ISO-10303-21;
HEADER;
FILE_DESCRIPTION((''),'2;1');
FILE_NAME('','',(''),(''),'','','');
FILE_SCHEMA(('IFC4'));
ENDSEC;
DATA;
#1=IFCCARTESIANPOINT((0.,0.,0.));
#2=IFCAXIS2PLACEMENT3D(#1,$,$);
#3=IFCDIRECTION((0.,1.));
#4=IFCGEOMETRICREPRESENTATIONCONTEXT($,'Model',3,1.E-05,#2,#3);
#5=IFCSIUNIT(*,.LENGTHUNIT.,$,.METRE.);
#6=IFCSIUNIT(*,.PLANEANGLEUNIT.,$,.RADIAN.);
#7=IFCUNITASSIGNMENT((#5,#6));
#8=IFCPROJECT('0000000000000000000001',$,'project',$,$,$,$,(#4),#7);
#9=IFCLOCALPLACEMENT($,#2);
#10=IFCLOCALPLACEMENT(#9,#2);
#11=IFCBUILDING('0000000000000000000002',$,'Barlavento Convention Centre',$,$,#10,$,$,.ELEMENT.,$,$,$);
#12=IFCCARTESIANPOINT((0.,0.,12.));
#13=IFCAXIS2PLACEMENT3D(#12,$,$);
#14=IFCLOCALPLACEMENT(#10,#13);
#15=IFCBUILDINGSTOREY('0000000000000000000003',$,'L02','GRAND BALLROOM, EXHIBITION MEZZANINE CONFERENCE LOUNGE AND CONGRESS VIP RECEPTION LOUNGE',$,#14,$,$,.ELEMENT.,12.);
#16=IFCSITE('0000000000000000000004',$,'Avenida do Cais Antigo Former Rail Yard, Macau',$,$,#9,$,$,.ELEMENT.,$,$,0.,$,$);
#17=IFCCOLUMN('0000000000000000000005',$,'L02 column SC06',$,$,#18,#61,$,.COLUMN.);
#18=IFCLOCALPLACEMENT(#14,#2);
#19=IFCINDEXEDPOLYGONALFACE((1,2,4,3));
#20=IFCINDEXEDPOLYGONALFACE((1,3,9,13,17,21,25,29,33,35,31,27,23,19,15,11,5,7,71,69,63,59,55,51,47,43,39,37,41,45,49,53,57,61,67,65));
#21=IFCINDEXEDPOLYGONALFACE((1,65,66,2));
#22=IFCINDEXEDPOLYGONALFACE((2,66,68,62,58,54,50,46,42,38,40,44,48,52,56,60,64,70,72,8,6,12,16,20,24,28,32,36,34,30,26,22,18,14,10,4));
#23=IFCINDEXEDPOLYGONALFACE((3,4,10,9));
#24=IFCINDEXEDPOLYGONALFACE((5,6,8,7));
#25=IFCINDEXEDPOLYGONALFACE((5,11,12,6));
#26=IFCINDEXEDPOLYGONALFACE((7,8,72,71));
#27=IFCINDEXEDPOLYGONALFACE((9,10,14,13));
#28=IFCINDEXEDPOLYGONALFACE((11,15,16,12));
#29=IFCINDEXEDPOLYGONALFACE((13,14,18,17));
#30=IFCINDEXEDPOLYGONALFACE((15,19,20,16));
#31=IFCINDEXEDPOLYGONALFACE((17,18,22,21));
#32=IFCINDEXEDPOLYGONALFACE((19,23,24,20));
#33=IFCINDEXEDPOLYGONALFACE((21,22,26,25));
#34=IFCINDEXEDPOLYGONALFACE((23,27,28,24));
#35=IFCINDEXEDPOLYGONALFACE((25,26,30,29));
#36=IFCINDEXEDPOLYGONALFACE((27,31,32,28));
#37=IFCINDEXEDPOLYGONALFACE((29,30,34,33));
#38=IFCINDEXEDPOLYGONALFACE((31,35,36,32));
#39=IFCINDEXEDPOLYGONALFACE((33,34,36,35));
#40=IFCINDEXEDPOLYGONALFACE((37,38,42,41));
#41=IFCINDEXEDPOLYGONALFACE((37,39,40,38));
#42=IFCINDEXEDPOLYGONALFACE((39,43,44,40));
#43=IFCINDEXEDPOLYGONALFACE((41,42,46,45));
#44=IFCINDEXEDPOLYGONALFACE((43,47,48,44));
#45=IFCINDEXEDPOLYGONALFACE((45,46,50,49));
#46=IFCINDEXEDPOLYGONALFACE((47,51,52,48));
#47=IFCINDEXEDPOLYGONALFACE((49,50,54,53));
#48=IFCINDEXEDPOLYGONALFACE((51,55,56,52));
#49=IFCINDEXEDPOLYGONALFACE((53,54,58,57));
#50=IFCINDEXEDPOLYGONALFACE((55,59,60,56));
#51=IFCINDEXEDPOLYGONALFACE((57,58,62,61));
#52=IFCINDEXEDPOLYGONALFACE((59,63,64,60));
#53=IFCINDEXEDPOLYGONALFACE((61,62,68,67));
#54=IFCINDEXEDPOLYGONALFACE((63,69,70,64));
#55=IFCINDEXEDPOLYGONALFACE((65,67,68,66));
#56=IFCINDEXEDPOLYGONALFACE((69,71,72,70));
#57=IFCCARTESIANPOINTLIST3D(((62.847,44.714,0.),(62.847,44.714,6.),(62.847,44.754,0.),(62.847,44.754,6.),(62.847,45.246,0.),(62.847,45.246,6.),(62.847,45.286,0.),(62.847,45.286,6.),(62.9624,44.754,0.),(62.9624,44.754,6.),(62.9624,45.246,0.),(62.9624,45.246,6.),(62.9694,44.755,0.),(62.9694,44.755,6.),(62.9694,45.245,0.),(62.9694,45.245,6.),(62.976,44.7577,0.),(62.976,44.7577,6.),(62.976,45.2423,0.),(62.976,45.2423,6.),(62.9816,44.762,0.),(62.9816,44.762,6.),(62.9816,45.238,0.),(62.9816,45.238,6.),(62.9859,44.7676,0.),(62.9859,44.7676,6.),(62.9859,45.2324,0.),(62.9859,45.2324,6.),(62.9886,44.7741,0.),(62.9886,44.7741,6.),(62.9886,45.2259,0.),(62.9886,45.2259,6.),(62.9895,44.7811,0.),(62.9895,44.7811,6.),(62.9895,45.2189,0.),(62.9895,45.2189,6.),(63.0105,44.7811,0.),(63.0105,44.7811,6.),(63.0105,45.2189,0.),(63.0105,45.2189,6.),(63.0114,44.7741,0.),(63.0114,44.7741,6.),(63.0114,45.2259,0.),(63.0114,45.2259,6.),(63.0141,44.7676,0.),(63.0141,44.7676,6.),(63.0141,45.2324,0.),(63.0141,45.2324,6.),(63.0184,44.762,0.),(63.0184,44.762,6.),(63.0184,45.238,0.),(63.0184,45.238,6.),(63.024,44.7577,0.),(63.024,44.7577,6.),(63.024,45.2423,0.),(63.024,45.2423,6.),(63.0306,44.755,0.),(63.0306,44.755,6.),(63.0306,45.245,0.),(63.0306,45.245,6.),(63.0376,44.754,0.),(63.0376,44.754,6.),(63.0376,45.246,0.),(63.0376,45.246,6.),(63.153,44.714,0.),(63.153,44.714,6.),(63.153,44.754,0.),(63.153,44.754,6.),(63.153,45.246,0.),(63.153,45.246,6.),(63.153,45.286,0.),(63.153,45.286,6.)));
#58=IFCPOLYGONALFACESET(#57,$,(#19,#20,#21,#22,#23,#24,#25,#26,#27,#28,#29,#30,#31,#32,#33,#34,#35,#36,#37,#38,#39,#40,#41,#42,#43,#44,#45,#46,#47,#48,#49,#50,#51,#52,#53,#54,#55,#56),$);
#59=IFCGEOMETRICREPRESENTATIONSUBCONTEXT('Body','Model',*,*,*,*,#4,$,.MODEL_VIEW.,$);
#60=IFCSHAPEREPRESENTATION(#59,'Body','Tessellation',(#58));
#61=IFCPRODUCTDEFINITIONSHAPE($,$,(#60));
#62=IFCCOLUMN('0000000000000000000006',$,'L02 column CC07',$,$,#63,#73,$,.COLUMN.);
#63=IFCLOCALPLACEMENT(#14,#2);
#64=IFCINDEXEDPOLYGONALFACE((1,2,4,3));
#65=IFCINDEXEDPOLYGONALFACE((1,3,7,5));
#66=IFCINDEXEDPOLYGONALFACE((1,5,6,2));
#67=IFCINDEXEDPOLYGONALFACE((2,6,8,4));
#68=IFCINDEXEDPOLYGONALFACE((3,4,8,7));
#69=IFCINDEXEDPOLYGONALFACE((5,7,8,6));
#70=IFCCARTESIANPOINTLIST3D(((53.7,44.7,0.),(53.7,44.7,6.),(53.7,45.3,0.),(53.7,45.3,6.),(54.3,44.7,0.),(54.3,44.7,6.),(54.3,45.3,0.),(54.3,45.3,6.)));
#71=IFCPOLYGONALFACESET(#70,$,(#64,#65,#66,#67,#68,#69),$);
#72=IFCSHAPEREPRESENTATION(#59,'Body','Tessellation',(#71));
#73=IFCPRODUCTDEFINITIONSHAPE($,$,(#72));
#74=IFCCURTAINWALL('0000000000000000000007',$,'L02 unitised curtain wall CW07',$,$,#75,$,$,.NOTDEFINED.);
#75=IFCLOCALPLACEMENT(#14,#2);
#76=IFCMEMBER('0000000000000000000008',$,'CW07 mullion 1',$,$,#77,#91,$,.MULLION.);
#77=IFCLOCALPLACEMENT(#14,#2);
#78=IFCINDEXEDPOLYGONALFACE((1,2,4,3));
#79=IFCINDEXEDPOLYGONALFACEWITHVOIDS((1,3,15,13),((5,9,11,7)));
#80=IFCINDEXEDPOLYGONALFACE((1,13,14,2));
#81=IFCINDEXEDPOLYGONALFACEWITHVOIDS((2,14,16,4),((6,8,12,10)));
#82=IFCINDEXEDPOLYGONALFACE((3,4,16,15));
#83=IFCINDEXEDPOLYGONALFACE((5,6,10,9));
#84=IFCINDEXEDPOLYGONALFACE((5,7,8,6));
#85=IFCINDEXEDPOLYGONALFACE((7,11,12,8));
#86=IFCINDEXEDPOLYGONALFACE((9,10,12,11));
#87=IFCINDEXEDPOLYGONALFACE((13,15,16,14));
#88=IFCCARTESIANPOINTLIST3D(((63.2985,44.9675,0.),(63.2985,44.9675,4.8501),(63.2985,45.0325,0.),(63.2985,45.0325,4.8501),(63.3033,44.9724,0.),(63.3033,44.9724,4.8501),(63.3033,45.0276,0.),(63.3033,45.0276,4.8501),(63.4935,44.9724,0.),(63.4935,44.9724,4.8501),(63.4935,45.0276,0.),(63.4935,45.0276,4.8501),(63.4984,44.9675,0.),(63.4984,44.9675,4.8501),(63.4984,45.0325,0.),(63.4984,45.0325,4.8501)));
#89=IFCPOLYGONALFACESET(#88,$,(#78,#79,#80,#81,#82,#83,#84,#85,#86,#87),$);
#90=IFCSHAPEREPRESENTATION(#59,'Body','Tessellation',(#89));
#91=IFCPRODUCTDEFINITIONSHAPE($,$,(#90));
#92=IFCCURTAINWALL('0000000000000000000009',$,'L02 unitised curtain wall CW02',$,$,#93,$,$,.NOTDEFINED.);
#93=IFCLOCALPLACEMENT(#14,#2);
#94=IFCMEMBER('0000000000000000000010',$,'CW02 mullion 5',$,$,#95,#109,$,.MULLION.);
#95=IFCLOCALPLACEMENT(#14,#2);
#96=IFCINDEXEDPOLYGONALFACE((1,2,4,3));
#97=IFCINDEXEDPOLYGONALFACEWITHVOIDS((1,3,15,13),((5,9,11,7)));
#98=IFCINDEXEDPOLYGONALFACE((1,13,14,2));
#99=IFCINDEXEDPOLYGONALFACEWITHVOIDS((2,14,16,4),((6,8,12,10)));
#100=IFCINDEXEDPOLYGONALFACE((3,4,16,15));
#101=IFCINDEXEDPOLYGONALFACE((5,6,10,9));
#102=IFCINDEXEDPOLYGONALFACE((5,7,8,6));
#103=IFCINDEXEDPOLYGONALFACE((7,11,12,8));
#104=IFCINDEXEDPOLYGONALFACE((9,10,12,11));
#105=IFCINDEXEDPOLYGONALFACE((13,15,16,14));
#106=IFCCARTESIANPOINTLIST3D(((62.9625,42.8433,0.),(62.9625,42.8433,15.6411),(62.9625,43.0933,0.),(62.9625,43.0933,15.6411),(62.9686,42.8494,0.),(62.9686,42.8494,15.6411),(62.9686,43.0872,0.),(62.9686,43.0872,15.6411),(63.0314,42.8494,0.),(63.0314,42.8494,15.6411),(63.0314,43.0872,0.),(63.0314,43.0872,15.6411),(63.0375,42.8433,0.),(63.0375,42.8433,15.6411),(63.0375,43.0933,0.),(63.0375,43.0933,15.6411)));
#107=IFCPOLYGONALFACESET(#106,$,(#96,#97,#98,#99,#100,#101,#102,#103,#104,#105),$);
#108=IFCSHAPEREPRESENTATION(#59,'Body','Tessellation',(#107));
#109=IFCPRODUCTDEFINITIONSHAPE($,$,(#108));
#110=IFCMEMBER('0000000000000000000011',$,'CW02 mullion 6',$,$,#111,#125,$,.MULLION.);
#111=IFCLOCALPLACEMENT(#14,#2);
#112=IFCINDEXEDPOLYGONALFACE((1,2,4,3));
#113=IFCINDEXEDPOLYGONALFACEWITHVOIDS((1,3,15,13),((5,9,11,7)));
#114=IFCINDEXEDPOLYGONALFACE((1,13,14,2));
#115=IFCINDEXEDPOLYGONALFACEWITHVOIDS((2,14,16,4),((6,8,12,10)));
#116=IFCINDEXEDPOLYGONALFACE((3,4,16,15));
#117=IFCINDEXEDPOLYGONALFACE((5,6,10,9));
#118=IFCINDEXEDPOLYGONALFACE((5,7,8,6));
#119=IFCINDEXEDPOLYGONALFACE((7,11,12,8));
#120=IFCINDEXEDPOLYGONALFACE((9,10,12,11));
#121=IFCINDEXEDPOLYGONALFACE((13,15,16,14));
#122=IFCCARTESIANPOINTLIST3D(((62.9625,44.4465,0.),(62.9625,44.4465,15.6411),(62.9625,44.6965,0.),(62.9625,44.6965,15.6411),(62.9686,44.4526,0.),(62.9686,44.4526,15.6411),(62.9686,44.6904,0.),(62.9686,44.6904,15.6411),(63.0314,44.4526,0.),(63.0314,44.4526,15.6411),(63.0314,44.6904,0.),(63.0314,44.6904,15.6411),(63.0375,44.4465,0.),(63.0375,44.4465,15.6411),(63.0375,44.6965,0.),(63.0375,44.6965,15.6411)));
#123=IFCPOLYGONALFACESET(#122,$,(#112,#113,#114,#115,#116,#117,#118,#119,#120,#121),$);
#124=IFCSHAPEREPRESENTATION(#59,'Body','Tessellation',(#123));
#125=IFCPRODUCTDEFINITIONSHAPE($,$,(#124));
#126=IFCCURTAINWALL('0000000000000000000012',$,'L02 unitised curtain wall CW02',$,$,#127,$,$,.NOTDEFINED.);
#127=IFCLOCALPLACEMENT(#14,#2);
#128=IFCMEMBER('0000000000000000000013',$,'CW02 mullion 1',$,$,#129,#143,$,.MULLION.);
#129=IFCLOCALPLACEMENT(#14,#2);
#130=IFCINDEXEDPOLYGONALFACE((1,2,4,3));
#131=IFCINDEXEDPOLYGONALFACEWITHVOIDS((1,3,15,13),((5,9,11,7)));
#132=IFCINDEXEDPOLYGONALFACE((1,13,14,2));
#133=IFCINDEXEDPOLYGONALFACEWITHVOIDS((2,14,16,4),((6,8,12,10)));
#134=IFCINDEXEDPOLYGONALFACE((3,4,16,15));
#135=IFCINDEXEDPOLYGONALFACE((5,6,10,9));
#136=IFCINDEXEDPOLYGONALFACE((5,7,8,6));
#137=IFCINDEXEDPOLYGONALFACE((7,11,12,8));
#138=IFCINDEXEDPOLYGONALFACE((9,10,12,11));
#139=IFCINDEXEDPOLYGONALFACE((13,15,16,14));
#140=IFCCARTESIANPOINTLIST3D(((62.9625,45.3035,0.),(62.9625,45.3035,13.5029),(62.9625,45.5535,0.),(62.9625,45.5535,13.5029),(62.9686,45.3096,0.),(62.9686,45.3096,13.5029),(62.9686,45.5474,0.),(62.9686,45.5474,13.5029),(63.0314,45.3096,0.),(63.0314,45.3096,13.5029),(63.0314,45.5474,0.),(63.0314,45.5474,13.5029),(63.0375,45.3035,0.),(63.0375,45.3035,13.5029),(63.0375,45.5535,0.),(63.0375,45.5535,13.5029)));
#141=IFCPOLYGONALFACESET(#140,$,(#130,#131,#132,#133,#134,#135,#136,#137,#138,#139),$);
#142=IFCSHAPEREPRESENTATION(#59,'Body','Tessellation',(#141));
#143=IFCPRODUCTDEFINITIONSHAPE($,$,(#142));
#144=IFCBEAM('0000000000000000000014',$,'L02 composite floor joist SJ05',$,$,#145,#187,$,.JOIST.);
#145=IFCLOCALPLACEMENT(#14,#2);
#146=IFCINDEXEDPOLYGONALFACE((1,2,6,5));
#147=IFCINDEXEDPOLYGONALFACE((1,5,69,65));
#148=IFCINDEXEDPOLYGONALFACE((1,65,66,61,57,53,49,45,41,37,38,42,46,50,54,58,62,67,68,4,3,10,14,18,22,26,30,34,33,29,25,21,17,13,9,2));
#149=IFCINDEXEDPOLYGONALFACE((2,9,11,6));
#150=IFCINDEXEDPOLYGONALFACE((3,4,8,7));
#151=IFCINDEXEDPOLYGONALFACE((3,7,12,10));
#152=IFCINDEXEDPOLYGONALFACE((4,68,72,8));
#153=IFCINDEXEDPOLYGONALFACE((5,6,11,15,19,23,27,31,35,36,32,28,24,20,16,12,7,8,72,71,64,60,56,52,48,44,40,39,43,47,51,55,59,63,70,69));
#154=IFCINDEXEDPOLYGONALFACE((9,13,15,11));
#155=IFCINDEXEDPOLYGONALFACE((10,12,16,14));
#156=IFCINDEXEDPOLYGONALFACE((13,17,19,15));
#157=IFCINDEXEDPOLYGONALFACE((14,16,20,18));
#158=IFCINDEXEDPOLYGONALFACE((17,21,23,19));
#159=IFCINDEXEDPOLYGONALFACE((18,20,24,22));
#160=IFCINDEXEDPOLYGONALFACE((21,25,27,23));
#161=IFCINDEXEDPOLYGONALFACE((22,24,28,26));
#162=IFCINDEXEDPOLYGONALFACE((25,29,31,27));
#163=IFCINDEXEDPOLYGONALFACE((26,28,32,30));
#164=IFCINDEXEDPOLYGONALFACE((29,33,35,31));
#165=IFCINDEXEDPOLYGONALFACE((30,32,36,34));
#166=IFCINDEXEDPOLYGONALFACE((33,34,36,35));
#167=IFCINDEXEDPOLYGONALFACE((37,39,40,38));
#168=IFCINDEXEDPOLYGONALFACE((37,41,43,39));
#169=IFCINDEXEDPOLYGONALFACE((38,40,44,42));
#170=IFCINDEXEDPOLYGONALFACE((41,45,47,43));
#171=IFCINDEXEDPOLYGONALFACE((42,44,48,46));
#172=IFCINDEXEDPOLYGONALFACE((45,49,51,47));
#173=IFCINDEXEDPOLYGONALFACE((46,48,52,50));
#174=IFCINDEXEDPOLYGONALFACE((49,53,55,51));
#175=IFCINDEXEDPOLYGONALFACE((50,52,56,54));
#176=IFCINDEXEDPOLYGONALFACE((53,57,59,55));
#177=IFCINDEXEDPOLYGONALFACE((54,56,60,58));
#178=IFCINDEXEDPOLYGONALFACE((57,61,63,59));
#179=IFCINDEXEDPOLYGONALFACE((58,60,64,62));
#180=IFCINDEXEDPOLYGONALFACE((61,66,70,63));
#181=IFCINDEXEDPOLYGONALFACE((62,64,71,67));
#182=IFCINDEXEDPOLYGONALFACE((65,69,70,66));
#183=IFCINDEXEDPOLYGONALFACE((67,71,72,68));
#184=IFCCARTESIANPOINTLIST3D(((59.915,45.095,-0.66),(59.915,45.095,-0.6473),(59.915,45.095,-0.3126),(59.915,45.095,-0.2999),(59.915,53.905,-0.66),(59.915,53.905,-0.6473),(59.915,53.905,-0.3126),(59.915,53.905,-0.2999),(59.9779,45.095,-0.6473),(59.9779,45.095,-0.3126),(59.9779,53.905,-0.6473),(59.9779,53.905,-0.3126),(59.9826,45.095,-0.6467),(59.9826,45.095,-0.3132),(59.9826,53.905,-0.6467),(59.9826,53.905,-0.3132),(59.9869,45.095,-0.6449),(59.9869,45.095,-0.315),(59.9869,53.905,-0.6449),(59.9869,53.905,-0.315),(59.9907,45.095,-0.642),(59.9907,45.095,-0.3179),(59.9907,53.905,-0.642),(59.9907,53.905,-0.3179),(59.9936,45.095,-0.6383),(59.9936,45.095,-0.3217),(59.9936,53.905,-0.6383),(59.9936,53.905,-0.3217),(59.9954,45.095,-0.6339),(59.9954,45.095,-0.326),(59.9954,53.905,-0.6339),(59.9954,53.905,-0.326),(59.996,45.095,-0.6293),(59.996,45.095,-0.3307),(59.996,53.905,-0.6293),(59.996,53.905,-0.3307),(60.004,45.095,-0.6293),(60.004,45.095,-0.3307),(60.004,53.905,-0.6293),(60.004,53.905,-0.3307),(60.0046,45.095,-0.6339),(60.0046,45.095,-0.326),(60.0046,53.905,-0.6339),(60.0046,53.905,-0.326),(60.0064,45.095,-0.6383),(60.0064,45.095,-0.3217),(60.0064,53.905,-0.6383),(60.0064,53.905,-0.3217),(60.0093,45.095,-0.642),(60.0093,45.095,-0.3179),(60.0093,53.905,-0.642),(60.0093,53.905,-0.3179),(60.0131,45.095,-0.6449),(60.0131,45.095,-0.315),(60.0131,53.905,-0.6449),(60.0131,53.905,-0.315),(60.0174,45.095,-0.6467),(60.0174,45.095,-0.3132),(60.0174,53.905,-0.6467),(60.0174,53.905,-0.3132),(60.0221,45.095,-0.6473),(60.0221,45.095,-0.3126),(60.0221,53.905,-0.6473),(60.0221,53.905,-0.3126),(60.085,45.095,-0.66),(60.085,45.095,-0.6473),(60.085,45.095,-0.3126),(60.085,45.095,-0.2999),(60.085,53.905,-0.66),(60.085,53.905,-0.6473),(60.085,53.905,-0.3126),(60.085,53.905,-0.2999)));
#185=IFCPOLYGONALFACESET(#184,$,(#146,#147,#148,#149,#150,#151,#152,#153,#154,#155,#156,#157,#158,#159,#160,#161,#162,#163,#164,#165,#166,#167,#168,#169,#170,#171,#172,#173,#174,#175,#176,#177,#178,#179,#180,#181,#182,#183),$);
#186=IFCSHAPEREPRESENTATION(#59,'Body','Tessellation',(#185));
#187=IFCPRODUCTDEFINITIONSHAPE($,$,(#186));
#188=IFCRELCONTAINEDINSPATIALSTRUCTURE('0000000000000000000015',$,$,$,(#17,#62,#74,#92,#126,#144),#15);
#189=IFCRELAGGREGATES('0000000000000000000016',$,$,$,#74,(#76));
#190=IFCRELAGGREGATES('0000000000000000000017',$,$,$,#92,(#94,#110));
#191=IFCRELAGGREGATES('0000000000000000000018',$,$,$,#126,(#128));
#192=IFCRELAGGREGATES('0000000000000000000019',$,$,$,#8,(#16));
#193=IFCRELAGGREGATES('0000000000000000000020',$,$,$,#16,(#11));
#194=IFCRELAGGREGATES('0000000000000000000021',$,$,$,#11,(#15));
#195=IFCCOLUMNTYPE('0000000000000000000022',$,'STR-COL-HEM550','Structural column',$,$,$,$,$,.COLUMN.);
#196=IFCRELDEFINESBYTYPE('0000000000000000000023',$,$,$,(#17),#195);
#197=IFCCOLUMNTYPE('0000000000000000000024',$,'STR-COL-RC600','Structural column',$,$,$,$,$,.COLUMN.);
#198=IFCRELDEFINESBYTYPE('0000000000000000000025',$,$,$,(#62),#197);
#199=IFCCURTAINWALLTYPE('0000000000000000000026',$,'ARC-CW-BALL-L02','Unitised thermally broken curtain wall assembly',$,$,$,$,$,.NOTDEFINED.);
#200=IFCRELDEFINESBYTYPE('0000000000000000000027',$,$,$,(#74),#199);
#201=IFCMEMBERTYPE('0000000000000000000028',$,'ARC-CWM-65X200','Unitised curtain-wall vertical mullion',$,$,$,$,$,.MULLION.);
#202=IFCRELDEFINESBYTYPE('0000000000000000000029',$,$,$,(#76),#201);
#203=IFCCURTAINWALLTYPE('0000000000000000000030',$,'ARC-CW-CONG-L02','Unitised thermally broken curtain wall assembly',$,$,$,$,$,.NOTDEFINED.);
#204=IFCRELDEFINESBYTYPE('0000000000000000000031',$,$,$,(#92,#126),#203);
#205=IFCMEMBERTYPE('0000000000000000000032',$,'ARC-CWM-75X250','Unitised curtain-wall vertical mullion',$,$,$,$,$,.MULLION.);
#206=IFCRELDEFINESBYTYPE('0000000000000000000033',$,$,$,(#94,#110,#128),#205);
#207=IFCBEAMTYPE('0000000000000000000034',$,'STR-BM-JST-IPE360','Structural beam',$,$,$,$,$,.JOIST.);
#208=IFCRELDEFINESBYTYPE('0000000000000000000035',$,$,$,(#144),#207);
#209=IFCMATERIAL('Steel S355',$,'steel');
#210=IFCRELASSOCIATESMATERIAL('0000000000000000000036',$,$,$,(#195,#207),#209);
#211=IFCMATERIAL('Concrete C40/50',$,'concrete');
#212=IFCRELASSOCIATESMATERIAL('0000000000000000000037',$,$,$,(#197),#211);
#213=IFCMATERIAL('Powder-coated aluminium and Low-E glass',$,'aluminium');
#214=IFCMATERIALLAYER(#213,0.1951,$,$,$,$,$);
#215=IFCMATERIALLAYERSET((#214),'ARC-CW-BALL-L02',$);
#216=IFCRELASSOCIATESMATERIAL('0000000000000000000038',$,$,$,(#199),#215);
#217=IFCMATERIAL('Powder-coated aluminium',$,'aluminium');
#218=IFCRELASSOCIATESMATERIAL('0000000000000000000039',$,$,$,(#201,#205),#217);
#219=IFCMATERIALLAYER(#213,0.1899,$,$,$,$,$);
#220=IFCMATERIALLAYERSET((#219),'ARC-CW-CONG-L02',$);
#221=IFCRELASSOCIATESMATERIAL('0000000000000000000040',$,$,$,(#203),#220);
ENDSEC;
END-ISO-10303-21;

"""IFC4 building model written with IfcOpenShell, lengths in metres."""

from ifc_helpers import new_model, si_unit, direction, frame, origin, origin_2d, place, context, subcontext, project, spatial, rectangle, hollow_rectangle, i_section, extrude, material, layer, layer_set, material_profile, profile_set, type_object, element, aggregate, save


model = new_model("IFC4")

# Units and contexts
model_context = context("Model", 3, precision=1e-05, world=origin(), true_north=direction((0.0, 1.0)))
body_context = subcontext(model_context, "Body", "Model", "MODEL_VIEW")
ifc_project = project(units=[si_unit("LENGTHUNIT", "METRE"), si_unit("PLANEANGLEUNIT", "RADIAN")], contexts=[model_context])

# Site, building, storey
site_placement = place(None, origin())
site = spatial("IfcSite", under=ifc_project, at=site_placement, Name="Avenida do Cais Antigo Former Rail Yard, Macau", CompositionType="ELEMENT", RefElevation=0.0)
building_placement = place(site_placement, origin())
building = spatial("IfcBuilding", under=site, at=building_placement, Name="Barlavento Convention Centre", CompositionType="ELEMENT")
storey_placement = place(building_placement, frame((0.0, 0.0, 12.0)))
storey = spatial("IfcBuildingStorey", under=building, at=storey_placement, Name="L02", Description="GRAND BALLROOM, EXHIBITION MEZZANINE CONFERENCE LOUNGE AND CONGRESS VIP RECEPTION LOUNGE", CompositionType="ELEMENT", Elevation=12.0)

# Columns
ifc_material_1 = material(Name="Steel S355", Category="steel")
ifc_material_profile_1 = material_profile(ifc_material_1, i_section(OverallWidth=0.3059, OverallDepth=0.572, WebThickness=0.021, FlangeThickness=0.04, FilletRadius=0.0271, at=origin_2d()), Name="HEM 550")
ifc_profile_set_1 = profile_set([ifc_material_profile_1], Name="Steel S355")
column_type_1 = type_object("IfcColumnType", Name="STR-COL-HEM550", Description="Structural column", PredefinedType="COLUMN", material=ifc_profile_set_1)
column_1_placement = place(storey_placement, frame((63.0, 45.0, 0.0), z_axis=(0.0, 0.0, 1.0), x_axis=(1.0, 0.0, 0.0)))
element("IfcColumn", 1, at=column_1_placement, inside=storey, type_object=column_type_1, Name="L02 column SC06", PredefinedType="COLUMN", context=body_context, shape_type="SweptSolid", body=[
    extrude(i_section(OverallWidth=0.3059, OverallDepth=0.572, WebThickness=0.021, FlangeThickness=0.04, FilletRadius=0.0271, at=origin_2d()), origin(), (0.0, 0.0, 1.0), 6.0),
])
ifc_material_2 = material(Name="Concrete C40/50", Category="concrete")
ifc_material_profile_2 = material_profile(ifc_material_2, rectangle(XDim=0.6001, YDim=0.6001, at=origin_2d()), Name="RC 600x600")
ifc_profile_set_2 = profile_set([ifc_material_profile_2], Name="Concrete C40/50")
column_type_2 = type_object("IfcColumnType", Name="STR-COL-RC600", Description="Structural column", PredefinedType="COLUMN", material=ifc_profile_set_2)
column_2_placement = place(storey_placement, frame((54.0, 45.0, 0.0), z_axis=(0.0, 0.0, 1.0), x_axis=(1.0, 0.0, 0.0)))
element("IfcColumn", 2, at=column_2_placement, inside=storey, type_object=column_type_2, Name="L02 column CC07", PredefinedType="COLUMN", context=body_context, shape_type="SweptSolid", body=[
    extrude(rectangle(XDim=0.6001, YDim=0.6001, at=origin_2d()), origin(), (0.0, 0.0, 1.0), 6.0),
])

# Curtain wall, member
ifc_material_3 = material(Name="Powder-coated aluminium and Low-E glass", Category="aluminium")
ifc_layer_1 = layer(ifc_material_3, 0.1951)
ifc_layer_set_1 = layer_set([ifc_layer_1], Name="ARC-CW-BALL-L02")
curtain_wall_type_1 = type_object("IfcCurtainWallType", Name="ARC-CW-BALL-L02", Description="Unitised thermally broken curtain wall assembly", PredefinedType="NOTDEFINED", material=ifc_layer_set_1)
curtain_wall_1_placement = place(storey_placement, origin())
curtain_wall_1 = element("IfcCurtainWall", 3, at=curtain_wall_1_placement, inside=storey, type_object=curtain_wall_type_1, Name="L02 unitised curtain wall CW07", PredefinedType="NOTDEFINED")
ifc_material_4 = material(Name="Powder-coated aluminium", Category="aluminium")
ifc_material_profile_3 = material_profile(ifc_material_4, hollow_rectangle(XDim=0.0649, YDim=0.2, WallThickness=0.0049, at=origin_2d()), Name="AL-MULL 65x200x5")
ifc_profile_set_3 = profile_set([ifc_material_profile_3], Name="Powder-coated aluminium")
member_type_1 = type_object("IfcMemberType", Name="ARC-CWM-65X200", Description="Unitised curtain-wall vertical mullion", PredefinedType="MULLION", material=ifc_profile_set_3)
member_1_placement = place(storey_placement, frame((63.3984, 45.0, 0.0), z_axis=(0.0, 0.0, 1.0), x_axis=(0.0, 1.0, 0.0)))
member_1 = element("IfcMember", 4, at=member_1_placement, type_object=member_type_1, Name="CW07 mullion 1", PredefinedType="MULLION", context=body_context, shape_type="SweptSolid", body=[
    extrude(hollow_rectangle(XDim=0.0649, YDim=0.2, WallThickness=0.0049, at=origin_2d()), origin(), (0.0, 0.0, 1.0), 4.8501),
])
aggregate(curtain_wall_1, [member_1])

# Curtain wall, members
ifc_layer_2 = layer(ifc_material_3, 0.1899)
ifc_layer_set_2 = layer_set([ifc_layer_2], Name="ARC-CW-CONG-L02")
curtain_wall_type_2 = type_object("IfcCurtainWallType", Name="ARC-CW-CONG-L02", Description="Unitised thermally broken curtain wall assembly", PredefinedType="NOTDEFINED", material=ifc_layer_set_2)
curtain_wall_2_placement = place(storey_placement, origin())
curtain_wall_2 = element("IfcCurtainWall", 5, at=curtain_wall_2_placement, inside=storey, type_object=curtain_wall_type_2, Name="L02 unitised curtain wall CW02", PredefinedType="NOTDEFINED")
ifc_material_profile_4 = material_profile(ifc_material_4, hollow_rectangle(XDim=0.075, YDim=0.25, WallThickness=0.0061, at=origin_2d()), Name="AL-MULL 75x250x6")
ifc_profile_set_4 = profile_set([ifc_material_profile_4], Name="Powder-coated aluminium")
member_type_2 = type_object("IfcMemberType", Name="ARC-CWM-75X250", Description="Unitised curtain-wall vertical mullion", PredefinedType="MULLION", material=ifc_profile_set_4)
member_2_placement = place(storey_placement, frame((63.0, 42.9683, 0.0), z_axis=(0.0, 0.0, 1.0), x_axis=(-1.0, 0.0, 0.0)))
member_2 = element("IfcMember", 6, at=member_2_placement, type_object=member_type_2, Name="CW02 mullion 5", PredefinedType="MULLION", context=body_context, shape_type="SweptSolid", body=[
    extrude(hollow_rectangle(XDim=0.075, YDim=0.25, WallThickness=0.0061, at=origin_2d()), origin(), (0.0, 0.0, 1.0), 15.6411),
])
member_3_placement = place(storey_placement, frame((63.0, 44.5715, 0.0), z_axis=(0.0, 0.0, 1.0), x_axis=(-1.0, 0.0, 0.0)))
member_3 = element("IfcMember", 7, at=member_3_placement, type_object=member_type_2, Name="CW02 mullion 6", PredefinedType="MULLION", context=body_context, shape_type="SweptSolid", body=[
    extrude(hollow_rectangle(XDim=0.075, YDim=0.25, WallThickness=0.0061, at=origin_2d()), origin(), (0.0, 0.0, 1.0), 15.6411),
])
aggregate(curtain_wall_2, [member_2, member_3])

# Curtain wall, member
curtain_wall_3_placement = place(storey_placement, origin())
curtain_wall_3 = element("IfcCurtainWall", 8, at=curtain_wall_3_placement, inside=storey, type_object=curtain_wall_type_2, Name="L02 unitised curtain wall CW02", PredefinedType="NOTDEFINED")
member_4_placement = place(storey_placement, frame((63.0, 45.4285, 0.0), z_axis=(0.0, 0.0, 1.0), x_axis=(-1.0, 0.0, 0.0)))
member_4 = element("IfcMember", 9, at=member_4_placement, type_object=member_type_2, Name="CW02 mullion 1", PredefinedType="MULLION", context=body_context, shape_type="SweptSolid", body=[
    extrude(hollow_rectangle(XDim=0.075, YDim=0.25, WallThickness=0.0061, at=origin_2d()), origin(), (0.0, 0.0, 1.0), 13.5029),
])
aggregate(curtain_wall_3, [member_4])

# Beam
ifc_material_profile_5 = material_profile(ifc_material_1, i_section(OverallWidth=0.1699, OverallDepth=0.3601, WebThickness=0.0081, FlangeThickness=0.0127, FilletRadius=0.0181, at=origin_2d()), Name="IPE 360")
ifc_profile_set_5 = profile_set([ifc_material_profile_5], Name="Steel S355")
beam_type_1 = type_object("IfcBeamType", Name="STR-BM-JST-IPE360", Description="Structural beam", PredefinedType="JOIST", material=ifc_profile_set_5)
beam_1_placement = place(storey_placement, frame((60.0, 45.095, -0.48), z_axis=(0.0, 1.0, 0.0), x_axis=(-1.0, 0.0, 0.0)))
element("IfcBeam", 10, at=beam_1_placement, inside=storey, type_object=beam_type_1, Name="L02 composite floor joist SJ05", PredefinedType="JOIST", context=body_context, shape_type="SweptSolid", body=[
    extrude(i_section(OverallWidth=0.1699, OverallDepth=0.3601, WebThickness=0.0081, FlangeThickness=0.0127, FilletRadius=0.0181, at=origin_2d()), origin(), (0.0, 0.0, 1.0), 8.8101),
])

save(model, "model.ifc")
